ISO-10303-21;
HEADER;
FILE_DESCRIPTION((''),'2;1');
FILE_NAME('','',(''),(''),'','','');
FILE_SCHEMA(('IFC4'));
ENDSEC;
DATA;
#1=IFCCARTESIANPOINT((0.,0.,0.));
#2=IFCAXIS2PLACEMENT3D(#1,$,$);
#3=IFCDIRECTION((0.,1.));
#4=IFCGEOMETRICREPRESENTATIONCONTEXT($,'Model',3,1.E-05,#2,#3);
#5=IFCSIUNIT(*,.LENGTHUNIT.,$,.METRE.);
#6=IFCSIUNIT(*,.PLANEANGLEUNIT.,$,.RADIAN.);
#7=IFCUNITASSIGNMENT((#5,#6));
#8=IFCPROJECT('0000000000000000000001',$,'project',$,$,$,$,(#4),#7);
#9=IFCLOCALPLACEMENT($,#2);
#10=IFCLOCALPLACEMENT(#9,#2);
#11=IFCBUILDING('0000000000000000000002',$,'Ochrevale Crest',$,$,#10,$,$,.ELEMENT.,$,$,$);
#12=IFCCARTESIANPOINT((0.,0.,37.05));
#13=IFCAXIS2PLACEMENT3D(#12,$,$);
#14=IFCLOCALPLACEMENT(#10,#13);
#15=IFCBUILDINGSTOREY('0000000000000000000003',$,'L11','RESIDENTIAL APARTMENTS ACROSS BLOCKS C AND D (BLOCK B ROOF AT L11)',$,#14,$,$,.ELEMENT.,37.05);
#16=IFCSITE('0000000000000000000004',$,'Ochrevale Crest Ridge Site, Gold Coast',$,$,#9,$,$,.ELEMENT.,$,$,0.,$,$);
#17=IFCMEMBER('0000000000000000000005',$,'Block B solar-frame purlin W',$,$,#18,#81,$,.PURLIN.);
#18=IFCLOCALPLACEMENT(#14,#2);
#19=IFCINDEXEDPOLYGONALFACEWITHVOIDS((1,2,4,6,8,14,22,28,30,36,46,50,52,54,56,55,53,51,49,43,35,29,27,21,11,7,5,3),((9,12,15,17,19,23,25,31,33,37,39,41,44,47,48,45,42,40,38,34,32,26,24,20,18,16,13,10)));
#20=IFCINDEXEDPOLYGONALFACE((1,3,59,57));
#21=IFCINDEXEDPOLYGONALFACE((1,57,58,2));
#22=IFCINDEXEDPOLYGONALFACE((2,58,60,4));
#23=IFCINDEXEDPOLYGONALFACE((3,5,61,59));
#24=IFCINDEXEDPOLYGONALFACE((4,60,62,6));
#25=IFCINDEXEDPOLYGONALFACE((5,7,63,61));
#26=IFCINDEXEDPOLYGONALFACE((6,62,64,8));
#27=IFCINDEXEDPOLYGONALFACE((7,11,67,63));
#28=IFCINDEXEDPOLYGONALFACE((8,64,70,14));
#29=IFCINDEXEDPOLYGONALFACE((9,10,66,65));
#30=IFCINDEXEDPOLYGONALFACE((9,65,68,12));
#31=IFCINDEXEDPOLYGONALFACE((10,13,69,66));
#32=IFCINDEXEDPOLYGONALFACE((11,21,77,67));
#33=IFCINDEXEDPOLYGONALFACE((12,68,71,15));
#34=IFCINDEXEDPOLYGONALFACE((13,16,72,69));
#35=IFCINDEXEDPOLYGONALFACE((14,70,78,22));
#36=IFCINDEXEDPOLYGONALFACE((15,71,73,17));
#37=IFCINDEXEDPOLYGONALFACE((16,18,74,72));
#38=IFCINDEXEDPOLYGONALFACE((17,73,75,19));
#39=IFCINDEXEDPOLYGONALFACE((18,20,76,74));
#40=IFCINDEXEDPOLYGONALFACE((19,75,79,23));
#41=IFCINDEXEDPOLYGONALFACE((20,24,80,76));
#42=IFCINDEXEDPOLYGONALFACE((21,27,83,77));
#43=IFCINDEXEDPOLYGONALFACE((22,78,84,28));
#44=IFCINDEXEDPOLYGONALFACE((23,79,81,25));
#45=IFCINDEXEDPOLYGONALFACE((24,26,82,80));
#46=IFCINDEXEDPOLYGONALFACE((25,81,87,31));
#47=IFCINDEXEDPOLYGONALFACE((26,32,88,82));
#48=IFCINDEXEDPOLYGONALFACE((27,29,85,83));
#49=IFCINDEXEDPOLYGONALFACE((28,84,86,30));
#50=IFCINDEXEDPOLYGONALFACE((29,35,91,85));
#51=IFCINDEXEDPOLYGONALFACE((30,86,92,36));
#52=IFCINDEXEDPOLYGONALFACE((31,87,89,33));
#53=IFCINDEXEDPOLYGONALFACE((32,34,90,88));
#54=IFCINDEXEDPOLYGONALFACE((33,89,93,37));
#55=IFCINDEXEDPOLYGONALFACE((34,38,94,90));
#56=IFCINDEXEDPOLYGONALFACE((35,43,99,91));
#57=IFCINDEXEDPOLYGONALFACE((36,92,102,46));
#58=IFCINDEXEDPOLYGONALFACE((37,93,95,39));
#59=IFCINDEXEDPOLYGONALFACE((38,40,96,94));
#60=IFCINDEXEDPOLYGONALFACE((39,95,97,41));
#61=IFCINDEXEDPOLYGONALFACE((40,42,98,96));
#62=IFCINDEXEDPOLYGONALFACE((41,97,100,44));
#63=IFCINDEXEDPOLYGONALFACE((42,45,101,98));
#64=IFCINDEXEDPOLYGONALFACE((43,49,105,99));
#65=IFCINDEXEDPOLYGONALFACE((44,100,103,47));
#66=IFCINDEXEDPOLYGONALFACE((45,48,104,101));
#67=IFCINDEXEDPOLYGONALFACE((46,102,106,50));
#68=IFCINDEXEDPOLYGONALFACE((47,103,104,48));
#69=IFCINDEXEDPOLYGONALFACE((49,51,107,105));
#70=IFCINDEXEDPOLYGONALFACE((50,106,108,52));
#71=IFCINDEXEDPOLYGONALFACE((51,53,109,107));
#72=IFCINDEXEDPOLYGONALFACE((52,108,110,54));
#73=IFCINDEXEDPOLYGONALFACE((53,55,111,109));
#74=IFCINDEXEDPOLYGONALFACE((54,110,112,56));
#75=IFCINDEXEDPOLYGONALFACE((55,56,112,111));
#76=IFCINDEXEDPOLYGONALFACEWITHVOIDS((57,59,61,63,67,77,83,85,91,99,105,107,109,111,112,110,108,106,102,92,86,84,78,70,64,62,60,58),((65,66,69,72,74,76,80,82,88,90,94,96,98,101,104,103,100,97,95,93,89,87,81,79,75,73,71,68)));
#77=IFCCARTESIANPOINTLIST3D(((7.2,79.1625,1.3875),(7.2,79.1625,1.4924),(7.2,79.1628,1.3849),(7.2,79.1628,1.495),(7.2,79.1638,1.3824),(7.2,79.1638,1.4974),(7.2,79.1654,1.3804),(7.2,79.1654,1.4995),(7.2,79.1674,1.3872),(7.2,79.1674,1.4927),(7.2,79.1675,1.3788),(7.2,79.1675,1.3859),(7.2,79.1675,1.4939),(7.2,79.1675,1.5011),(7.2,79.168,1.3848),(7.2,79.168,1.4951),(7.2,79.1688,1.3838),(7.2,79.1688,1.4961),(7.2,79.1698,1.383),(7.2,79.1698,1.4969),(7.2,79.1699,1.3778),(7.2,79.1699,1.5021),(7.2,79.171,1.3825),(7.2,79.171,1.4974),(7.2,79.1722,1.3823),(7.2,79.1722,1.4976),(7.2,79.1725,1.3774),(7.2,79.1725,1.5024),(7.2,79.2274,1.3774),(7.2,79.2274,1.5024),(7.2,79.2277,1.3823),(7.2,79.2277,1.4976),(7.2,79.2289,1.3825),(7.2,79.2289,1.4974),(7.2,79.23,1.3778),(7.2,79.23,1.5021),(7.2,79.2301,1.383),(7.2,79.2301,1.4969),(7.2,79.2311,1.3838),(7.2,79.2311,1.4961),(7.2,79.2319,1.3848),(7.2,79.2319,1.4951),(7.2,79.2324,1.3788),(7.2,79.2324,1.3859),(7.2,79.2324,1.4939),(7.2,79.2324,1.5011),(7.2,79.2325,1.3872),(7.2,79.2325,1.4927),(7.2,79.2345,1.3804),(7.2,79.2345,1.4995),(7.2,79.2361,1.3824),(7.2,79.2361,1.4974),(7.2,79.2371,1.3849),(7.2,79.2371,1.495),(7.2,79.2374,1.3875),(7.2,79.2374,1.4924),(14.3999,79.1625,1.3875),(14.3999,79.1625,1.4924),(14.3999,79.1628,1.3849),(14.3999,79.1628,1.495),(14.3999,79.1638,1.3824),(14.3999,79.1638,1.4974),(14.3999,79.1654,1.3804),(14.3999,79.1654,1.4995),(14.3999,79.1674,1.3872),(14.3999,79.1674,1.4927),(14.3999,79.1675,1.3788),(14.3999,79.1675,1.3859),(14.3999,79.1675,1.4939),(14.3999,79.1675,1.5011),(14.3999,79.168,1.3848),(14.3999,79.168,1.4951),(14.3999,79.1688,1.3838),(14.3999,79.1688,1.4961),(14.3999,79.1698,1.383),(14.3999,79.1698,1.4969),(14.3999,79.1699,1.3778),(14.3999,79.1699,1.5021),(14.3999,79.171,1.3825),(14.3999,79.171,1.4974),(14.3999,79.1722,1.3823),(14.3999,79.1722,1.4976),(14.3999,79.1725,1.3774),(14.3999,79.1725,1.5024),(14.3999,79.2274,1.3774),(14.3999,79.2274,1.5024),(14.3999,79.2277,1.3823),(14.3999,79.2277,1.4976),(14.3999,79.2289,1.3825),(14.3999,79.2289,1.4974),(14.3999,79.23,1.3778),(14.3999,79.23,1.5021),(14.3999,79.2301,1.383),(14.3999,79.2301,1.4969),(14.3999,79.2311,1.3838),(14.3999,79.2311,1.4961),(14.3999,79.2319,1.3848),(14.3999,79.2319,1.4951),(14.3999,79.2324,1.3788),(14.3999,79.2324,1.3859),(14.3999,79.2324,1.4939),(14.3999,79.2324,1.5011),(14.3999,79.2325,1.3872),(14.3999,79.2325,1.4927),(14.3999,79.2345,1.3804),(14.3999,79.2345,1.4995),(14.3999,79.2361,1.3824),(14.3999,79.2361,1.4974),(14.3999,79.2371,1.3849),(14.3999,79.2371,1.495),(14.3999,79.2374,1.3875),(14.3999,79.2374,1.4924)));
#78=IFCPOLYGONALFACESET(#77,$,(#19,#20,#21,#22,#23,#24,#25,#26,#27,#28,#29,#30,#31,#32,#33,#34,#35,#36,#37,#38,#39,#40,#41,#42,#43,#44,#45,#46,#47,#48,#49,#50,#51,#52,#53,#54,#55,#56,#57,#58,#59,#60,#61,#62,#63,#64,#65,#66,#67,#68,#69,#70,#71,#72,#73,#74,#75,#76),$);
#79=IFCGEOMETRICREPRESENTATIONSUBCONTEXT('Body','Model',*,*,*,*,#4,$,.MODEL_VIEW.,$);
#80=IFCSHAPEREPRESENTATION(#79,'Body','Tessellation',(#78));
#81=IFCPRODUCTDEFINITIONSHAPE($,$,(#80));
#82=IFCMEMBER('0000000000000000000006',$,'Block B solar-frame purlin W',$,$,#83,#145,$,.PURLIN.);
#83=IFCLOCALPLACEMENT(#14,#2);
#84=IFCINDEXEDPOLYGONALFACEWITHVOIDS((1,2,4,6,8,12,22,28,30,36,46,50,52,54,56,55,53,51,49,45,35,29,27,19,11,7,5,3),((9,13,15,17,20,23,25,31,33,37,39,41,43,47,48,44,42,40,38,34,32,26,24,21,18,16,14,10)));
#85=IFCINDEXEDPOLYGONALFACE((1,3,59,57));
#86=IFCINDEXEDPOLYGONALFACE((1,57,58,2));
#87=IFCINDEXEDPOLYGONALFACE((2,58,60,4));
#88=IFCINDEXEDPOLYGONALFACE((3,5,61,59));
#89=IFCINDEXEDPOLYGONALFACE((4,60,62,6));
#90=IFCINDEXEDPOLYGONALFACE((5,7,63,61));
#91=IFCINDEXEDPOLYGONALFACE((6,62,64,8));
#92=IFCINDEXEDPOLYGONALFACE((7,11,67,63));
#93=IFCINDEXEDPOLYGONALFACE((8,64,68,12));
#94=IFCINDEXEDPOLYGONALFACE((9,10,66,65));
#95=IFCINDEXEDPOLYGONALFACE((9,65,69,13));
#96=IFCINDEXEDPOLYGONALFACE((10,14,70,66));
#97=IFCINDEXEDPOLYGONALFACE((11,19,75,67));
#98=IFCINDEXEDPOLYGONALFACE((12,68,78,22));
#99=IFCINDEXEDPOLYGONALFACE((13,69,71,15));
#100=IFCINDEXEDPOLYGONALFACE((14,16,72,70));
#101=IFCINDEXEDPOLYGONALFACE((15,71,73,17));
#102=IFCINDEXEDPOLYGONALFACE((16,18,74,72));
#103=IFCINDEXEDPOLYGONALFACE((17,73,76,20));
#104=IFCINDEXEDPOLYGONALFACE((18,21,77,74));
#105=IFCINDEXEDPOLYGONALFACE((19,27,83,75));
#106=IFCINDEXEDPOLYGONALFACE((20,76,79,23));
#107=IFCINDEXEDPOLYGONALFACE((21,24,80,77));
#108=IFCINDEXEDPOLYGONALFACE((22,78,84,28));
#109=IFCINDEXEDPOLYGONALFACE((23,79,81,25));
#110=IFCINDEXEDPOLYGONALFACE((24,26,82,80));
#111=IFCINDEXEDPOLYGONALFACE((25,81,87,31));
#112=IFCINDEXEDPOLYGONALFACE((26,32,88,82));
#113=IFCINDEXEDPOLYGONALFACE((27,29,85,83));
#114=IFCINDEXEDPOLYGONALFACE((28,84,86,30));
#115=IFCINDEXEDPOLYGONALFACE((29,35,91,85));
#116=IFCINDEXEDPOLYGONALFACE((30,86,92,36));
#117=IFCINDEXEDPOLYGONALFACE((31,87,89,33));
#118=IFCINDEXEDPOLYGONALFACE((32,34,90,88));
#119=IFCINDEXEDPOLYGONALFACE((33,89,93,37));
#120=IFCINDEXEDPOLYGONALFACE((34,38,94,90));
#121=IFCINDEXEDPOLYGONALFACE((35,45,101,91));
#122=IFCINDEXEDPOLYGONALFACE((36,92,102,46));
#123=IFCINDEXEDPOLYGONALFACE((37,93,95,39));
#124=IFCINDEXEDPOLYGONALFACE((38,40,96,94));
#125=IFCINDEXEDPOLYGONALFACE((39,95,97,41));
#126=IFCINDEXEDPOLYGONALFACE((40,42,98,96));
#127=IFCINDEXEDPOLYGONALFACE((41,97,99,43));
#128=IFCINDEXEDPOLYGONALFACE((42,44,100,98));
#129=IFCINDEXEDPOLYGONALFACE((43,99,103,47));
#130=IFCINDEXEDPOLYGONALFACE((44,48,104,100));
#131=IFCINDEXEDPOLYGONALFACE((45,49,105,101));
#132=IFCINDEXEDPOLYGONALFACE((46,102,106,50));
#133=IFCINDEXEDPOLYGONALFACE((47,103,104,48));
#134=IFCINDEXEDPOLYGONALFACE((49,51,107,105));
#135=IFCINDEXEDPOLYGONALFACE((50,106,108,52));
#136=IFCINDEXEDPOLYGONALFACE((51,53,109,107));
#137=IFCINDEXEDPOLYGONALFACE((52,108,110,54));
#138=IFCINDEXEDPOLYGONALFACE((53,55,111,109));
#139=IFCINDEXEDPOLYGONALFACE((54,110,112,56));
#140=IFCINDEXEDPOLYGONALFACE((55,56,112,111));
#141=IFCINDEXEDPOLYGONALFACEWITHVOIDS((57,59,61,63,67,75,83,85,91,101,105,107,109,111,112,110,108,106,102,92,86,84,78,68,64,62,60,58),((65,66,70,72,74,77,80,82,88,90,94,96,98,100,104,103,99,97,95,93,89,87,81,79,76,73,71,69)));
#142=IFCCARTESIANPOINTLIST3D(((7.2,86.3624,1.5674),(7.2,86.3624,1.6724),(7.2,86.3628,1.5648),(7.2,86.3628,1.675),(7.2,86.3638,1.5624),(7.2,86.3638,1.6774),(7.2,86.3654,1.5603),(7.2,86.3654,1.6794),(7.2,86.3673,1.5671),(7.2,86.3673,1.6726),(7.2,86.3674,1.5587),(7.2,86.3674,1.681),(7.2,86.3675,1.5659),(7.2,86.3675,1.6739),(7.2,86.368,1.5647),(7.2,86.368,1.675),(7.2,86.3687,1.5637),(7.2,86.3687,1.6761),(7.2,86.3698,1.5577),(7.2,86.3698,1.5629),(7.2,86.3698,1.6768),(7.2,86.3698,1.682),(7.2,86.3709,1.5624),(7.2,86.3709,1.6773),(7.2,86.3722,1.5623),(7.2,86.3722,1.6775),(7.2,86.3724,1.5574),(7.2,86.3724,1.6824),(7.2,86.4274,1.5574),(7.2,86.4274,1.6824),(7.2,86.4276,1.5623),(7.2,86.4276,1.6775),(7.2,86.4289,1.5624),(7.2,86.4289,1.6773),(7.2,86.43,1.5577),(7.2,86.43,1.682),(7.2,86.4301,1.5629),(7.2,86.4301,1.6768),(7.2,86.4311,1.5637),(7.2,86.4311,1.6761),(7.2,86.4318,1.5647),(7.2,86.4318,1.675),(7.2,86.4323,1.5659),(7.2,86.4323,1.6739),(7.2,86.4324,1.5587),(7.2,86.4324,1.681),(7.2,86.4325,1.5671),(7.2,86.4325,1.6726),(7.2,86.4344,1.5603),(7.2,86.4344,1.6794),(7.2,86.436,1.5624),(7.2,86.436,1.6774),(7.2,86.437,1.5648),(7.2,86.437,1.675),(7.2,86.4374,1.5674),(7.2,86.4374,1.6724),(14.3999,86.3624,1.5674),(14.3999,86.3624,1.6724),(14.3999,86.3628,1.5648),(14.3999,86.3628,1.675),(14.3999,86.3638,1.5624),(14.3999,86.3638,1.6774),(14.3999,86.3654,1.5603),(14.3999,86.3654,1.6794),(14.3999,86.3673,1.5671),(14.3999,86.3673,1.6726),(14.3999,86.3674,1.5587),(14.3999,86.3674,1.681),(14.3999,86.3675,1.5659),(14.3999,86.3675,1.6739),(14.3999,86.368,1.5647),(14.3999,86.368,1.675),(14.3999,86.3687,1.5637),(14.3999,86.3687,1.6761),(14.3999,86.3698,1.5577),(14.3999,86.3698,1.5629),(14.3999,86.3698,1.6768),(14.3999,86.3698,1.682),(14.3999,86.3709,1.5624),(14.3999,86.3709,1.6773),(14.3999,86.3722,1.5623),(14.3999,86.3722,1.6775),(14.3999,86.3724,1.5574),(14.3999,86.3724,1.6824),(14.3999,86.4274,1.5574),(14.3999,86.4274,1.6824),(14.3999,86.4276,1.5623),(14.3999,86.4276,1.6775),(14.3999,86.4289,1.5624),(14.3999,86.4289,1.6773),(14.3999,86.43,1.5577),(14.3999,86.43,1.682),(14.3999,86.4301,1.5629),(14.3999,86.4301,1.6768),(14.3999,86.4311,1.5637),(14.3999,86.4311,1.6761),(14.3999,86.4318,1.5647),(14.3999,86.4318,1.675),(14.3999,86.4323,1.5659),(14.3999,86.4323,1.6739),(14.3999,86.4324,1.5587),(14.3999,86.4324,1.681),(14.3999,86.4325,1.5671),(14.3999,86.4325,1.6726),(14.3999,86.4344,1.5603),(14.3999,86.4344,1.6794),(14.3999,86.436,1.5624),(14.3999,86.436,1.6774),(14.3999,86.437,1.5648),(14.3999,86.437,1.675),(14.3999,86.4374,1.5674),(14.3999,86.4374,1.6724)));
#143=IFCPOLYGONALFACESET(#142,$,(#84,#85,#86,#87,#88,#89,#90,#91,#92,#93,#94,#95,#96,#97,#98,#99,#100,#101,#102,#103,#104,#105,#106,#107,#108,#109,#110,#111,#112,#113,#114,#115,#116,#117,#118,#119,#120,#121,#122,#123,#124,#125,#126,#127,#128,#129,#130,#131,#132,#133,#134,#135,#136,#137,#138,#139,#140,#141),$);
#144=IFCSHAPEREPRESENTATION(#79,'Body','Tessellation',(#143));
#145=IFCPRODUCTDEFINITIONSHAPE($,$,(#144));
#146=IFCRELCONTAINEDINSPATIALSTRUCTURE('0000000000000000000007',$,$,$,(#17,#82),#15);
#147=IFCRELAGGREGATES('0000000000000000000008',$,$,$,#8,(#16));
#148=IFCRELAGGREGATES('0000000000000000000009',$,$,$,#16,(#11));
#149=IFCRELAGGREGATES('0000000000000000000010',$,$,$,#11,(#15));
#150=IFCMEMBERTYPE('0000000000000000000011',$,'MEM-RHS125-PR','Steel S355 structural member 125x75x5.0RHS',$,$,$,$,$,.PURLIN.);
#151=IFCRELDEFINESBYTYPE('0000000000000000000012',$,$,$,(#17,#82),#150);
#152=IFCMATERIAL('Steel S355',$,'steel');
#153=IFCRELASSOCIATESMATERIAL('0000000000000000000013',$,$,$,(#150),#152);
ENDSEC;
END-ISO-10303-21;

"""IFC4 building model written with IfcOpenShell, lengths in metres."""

from ifc_helpers import new_model, si_unit, direction, frame, origin, origin_2d, place, context, subcontext, project, spatial, hollow_rectangle, extrude, material, material_profile, profile_set, type_object, element, save


model = new_model("IFC4")

# Units and contexts
model_context = context("Model", 3, precision=1e-05, world=origin(), true_north=direction((0.0, 1.0)))
body_context = subcontext(model_context, "Body", "Model", "MODEL_VIEW")
ifc_project = project(units=[si_unit("LENGTHUNIT", "METRE"), si_unit("PLANEANGLEUNIT", "RADIAN")], contexts=[model_context])

# Site, building, storey
site_placement = place(None, origin())
site = spatial("IfcSite", under=ifc_project, at=site_placement, Name="Ochrevale Crest Ridge Site, Gold Coast", CompositionType="ELEMENT", RefElevation=0.0)
building_placement = place(site_placement, origin())
building = spatial("IfcBuilding", under=site, at=building_placement, Name="Ochrevale Crest", CompositionType="ELEMENT")
storey_placement = place(building_placement, frame((0.0, 0.0, 37.05)))
storey = spatial("IfcBuildingStorey", under=building, at=storey_placement, Name="L11", Description="RESIDENTIAL APARTMENTS ACROSS BLOCKS C AND D (BLOCK B ROOF AT L11)", CompositionType="ELEMENT", Elevation=37.05)

# Shared definitions
ifc_material_1 = material(Name="Steel S355", Category="steel")

# Members
ifc_material_profile_1 = material_profile(ifc_material_1, hollow_rectangle(XDim=0.075, YDim=0.125, WallThickness=0.0049, InnerFilletRadius=0.0049, OuterFilletRadius=0.01, at=origin_2d()), Name="125x75x5.0RHS")
ifc_profile_set_1 = profile_set([ifc_material_profile_1], Name="Steel S355")
member_type_1 = type_object("IfcMemberType", Name="MEM-RHS125-PR", Description="Steel S355 structural member 125x75x5.0RHS", PredefinedType="PURLIN", material=ifc_profile_set_1)
for number, where, z_axis, x_axis, name in (
    (1, (7.2, 79.2, 1.4399), (1.0, 0.0, 0.0), (0.0, 1.0, 0.0), "Block B solar-frame purlin W"),
    (2, (7.2, 86.3999, 1.6199), (1.0, 0.0, 0.0), (0.0, 1.0, 0.0), "Block B solar-frame purlin W"),
):
    element("IfcMember", number, at=place(storey_placement, frame(where, z_axis=z_axis, x_axis=x_axis)), inside=storey, type_object=member_type_1, Name=name, PredefinedType="PURLIN", context=body_context, shape_type="SweptSolid", body=[
        extrude(hollow_rectangle(XDim=0.075, YDim=0.125, WallThickness=0.0049, InnerFilletRadius=0.0049, OuterFilletRadius=0.01, at=origin_2d()), origin(), (0.0, 0.0, 1.0), 7.2),
    ])

save(model, "model.ifc")
